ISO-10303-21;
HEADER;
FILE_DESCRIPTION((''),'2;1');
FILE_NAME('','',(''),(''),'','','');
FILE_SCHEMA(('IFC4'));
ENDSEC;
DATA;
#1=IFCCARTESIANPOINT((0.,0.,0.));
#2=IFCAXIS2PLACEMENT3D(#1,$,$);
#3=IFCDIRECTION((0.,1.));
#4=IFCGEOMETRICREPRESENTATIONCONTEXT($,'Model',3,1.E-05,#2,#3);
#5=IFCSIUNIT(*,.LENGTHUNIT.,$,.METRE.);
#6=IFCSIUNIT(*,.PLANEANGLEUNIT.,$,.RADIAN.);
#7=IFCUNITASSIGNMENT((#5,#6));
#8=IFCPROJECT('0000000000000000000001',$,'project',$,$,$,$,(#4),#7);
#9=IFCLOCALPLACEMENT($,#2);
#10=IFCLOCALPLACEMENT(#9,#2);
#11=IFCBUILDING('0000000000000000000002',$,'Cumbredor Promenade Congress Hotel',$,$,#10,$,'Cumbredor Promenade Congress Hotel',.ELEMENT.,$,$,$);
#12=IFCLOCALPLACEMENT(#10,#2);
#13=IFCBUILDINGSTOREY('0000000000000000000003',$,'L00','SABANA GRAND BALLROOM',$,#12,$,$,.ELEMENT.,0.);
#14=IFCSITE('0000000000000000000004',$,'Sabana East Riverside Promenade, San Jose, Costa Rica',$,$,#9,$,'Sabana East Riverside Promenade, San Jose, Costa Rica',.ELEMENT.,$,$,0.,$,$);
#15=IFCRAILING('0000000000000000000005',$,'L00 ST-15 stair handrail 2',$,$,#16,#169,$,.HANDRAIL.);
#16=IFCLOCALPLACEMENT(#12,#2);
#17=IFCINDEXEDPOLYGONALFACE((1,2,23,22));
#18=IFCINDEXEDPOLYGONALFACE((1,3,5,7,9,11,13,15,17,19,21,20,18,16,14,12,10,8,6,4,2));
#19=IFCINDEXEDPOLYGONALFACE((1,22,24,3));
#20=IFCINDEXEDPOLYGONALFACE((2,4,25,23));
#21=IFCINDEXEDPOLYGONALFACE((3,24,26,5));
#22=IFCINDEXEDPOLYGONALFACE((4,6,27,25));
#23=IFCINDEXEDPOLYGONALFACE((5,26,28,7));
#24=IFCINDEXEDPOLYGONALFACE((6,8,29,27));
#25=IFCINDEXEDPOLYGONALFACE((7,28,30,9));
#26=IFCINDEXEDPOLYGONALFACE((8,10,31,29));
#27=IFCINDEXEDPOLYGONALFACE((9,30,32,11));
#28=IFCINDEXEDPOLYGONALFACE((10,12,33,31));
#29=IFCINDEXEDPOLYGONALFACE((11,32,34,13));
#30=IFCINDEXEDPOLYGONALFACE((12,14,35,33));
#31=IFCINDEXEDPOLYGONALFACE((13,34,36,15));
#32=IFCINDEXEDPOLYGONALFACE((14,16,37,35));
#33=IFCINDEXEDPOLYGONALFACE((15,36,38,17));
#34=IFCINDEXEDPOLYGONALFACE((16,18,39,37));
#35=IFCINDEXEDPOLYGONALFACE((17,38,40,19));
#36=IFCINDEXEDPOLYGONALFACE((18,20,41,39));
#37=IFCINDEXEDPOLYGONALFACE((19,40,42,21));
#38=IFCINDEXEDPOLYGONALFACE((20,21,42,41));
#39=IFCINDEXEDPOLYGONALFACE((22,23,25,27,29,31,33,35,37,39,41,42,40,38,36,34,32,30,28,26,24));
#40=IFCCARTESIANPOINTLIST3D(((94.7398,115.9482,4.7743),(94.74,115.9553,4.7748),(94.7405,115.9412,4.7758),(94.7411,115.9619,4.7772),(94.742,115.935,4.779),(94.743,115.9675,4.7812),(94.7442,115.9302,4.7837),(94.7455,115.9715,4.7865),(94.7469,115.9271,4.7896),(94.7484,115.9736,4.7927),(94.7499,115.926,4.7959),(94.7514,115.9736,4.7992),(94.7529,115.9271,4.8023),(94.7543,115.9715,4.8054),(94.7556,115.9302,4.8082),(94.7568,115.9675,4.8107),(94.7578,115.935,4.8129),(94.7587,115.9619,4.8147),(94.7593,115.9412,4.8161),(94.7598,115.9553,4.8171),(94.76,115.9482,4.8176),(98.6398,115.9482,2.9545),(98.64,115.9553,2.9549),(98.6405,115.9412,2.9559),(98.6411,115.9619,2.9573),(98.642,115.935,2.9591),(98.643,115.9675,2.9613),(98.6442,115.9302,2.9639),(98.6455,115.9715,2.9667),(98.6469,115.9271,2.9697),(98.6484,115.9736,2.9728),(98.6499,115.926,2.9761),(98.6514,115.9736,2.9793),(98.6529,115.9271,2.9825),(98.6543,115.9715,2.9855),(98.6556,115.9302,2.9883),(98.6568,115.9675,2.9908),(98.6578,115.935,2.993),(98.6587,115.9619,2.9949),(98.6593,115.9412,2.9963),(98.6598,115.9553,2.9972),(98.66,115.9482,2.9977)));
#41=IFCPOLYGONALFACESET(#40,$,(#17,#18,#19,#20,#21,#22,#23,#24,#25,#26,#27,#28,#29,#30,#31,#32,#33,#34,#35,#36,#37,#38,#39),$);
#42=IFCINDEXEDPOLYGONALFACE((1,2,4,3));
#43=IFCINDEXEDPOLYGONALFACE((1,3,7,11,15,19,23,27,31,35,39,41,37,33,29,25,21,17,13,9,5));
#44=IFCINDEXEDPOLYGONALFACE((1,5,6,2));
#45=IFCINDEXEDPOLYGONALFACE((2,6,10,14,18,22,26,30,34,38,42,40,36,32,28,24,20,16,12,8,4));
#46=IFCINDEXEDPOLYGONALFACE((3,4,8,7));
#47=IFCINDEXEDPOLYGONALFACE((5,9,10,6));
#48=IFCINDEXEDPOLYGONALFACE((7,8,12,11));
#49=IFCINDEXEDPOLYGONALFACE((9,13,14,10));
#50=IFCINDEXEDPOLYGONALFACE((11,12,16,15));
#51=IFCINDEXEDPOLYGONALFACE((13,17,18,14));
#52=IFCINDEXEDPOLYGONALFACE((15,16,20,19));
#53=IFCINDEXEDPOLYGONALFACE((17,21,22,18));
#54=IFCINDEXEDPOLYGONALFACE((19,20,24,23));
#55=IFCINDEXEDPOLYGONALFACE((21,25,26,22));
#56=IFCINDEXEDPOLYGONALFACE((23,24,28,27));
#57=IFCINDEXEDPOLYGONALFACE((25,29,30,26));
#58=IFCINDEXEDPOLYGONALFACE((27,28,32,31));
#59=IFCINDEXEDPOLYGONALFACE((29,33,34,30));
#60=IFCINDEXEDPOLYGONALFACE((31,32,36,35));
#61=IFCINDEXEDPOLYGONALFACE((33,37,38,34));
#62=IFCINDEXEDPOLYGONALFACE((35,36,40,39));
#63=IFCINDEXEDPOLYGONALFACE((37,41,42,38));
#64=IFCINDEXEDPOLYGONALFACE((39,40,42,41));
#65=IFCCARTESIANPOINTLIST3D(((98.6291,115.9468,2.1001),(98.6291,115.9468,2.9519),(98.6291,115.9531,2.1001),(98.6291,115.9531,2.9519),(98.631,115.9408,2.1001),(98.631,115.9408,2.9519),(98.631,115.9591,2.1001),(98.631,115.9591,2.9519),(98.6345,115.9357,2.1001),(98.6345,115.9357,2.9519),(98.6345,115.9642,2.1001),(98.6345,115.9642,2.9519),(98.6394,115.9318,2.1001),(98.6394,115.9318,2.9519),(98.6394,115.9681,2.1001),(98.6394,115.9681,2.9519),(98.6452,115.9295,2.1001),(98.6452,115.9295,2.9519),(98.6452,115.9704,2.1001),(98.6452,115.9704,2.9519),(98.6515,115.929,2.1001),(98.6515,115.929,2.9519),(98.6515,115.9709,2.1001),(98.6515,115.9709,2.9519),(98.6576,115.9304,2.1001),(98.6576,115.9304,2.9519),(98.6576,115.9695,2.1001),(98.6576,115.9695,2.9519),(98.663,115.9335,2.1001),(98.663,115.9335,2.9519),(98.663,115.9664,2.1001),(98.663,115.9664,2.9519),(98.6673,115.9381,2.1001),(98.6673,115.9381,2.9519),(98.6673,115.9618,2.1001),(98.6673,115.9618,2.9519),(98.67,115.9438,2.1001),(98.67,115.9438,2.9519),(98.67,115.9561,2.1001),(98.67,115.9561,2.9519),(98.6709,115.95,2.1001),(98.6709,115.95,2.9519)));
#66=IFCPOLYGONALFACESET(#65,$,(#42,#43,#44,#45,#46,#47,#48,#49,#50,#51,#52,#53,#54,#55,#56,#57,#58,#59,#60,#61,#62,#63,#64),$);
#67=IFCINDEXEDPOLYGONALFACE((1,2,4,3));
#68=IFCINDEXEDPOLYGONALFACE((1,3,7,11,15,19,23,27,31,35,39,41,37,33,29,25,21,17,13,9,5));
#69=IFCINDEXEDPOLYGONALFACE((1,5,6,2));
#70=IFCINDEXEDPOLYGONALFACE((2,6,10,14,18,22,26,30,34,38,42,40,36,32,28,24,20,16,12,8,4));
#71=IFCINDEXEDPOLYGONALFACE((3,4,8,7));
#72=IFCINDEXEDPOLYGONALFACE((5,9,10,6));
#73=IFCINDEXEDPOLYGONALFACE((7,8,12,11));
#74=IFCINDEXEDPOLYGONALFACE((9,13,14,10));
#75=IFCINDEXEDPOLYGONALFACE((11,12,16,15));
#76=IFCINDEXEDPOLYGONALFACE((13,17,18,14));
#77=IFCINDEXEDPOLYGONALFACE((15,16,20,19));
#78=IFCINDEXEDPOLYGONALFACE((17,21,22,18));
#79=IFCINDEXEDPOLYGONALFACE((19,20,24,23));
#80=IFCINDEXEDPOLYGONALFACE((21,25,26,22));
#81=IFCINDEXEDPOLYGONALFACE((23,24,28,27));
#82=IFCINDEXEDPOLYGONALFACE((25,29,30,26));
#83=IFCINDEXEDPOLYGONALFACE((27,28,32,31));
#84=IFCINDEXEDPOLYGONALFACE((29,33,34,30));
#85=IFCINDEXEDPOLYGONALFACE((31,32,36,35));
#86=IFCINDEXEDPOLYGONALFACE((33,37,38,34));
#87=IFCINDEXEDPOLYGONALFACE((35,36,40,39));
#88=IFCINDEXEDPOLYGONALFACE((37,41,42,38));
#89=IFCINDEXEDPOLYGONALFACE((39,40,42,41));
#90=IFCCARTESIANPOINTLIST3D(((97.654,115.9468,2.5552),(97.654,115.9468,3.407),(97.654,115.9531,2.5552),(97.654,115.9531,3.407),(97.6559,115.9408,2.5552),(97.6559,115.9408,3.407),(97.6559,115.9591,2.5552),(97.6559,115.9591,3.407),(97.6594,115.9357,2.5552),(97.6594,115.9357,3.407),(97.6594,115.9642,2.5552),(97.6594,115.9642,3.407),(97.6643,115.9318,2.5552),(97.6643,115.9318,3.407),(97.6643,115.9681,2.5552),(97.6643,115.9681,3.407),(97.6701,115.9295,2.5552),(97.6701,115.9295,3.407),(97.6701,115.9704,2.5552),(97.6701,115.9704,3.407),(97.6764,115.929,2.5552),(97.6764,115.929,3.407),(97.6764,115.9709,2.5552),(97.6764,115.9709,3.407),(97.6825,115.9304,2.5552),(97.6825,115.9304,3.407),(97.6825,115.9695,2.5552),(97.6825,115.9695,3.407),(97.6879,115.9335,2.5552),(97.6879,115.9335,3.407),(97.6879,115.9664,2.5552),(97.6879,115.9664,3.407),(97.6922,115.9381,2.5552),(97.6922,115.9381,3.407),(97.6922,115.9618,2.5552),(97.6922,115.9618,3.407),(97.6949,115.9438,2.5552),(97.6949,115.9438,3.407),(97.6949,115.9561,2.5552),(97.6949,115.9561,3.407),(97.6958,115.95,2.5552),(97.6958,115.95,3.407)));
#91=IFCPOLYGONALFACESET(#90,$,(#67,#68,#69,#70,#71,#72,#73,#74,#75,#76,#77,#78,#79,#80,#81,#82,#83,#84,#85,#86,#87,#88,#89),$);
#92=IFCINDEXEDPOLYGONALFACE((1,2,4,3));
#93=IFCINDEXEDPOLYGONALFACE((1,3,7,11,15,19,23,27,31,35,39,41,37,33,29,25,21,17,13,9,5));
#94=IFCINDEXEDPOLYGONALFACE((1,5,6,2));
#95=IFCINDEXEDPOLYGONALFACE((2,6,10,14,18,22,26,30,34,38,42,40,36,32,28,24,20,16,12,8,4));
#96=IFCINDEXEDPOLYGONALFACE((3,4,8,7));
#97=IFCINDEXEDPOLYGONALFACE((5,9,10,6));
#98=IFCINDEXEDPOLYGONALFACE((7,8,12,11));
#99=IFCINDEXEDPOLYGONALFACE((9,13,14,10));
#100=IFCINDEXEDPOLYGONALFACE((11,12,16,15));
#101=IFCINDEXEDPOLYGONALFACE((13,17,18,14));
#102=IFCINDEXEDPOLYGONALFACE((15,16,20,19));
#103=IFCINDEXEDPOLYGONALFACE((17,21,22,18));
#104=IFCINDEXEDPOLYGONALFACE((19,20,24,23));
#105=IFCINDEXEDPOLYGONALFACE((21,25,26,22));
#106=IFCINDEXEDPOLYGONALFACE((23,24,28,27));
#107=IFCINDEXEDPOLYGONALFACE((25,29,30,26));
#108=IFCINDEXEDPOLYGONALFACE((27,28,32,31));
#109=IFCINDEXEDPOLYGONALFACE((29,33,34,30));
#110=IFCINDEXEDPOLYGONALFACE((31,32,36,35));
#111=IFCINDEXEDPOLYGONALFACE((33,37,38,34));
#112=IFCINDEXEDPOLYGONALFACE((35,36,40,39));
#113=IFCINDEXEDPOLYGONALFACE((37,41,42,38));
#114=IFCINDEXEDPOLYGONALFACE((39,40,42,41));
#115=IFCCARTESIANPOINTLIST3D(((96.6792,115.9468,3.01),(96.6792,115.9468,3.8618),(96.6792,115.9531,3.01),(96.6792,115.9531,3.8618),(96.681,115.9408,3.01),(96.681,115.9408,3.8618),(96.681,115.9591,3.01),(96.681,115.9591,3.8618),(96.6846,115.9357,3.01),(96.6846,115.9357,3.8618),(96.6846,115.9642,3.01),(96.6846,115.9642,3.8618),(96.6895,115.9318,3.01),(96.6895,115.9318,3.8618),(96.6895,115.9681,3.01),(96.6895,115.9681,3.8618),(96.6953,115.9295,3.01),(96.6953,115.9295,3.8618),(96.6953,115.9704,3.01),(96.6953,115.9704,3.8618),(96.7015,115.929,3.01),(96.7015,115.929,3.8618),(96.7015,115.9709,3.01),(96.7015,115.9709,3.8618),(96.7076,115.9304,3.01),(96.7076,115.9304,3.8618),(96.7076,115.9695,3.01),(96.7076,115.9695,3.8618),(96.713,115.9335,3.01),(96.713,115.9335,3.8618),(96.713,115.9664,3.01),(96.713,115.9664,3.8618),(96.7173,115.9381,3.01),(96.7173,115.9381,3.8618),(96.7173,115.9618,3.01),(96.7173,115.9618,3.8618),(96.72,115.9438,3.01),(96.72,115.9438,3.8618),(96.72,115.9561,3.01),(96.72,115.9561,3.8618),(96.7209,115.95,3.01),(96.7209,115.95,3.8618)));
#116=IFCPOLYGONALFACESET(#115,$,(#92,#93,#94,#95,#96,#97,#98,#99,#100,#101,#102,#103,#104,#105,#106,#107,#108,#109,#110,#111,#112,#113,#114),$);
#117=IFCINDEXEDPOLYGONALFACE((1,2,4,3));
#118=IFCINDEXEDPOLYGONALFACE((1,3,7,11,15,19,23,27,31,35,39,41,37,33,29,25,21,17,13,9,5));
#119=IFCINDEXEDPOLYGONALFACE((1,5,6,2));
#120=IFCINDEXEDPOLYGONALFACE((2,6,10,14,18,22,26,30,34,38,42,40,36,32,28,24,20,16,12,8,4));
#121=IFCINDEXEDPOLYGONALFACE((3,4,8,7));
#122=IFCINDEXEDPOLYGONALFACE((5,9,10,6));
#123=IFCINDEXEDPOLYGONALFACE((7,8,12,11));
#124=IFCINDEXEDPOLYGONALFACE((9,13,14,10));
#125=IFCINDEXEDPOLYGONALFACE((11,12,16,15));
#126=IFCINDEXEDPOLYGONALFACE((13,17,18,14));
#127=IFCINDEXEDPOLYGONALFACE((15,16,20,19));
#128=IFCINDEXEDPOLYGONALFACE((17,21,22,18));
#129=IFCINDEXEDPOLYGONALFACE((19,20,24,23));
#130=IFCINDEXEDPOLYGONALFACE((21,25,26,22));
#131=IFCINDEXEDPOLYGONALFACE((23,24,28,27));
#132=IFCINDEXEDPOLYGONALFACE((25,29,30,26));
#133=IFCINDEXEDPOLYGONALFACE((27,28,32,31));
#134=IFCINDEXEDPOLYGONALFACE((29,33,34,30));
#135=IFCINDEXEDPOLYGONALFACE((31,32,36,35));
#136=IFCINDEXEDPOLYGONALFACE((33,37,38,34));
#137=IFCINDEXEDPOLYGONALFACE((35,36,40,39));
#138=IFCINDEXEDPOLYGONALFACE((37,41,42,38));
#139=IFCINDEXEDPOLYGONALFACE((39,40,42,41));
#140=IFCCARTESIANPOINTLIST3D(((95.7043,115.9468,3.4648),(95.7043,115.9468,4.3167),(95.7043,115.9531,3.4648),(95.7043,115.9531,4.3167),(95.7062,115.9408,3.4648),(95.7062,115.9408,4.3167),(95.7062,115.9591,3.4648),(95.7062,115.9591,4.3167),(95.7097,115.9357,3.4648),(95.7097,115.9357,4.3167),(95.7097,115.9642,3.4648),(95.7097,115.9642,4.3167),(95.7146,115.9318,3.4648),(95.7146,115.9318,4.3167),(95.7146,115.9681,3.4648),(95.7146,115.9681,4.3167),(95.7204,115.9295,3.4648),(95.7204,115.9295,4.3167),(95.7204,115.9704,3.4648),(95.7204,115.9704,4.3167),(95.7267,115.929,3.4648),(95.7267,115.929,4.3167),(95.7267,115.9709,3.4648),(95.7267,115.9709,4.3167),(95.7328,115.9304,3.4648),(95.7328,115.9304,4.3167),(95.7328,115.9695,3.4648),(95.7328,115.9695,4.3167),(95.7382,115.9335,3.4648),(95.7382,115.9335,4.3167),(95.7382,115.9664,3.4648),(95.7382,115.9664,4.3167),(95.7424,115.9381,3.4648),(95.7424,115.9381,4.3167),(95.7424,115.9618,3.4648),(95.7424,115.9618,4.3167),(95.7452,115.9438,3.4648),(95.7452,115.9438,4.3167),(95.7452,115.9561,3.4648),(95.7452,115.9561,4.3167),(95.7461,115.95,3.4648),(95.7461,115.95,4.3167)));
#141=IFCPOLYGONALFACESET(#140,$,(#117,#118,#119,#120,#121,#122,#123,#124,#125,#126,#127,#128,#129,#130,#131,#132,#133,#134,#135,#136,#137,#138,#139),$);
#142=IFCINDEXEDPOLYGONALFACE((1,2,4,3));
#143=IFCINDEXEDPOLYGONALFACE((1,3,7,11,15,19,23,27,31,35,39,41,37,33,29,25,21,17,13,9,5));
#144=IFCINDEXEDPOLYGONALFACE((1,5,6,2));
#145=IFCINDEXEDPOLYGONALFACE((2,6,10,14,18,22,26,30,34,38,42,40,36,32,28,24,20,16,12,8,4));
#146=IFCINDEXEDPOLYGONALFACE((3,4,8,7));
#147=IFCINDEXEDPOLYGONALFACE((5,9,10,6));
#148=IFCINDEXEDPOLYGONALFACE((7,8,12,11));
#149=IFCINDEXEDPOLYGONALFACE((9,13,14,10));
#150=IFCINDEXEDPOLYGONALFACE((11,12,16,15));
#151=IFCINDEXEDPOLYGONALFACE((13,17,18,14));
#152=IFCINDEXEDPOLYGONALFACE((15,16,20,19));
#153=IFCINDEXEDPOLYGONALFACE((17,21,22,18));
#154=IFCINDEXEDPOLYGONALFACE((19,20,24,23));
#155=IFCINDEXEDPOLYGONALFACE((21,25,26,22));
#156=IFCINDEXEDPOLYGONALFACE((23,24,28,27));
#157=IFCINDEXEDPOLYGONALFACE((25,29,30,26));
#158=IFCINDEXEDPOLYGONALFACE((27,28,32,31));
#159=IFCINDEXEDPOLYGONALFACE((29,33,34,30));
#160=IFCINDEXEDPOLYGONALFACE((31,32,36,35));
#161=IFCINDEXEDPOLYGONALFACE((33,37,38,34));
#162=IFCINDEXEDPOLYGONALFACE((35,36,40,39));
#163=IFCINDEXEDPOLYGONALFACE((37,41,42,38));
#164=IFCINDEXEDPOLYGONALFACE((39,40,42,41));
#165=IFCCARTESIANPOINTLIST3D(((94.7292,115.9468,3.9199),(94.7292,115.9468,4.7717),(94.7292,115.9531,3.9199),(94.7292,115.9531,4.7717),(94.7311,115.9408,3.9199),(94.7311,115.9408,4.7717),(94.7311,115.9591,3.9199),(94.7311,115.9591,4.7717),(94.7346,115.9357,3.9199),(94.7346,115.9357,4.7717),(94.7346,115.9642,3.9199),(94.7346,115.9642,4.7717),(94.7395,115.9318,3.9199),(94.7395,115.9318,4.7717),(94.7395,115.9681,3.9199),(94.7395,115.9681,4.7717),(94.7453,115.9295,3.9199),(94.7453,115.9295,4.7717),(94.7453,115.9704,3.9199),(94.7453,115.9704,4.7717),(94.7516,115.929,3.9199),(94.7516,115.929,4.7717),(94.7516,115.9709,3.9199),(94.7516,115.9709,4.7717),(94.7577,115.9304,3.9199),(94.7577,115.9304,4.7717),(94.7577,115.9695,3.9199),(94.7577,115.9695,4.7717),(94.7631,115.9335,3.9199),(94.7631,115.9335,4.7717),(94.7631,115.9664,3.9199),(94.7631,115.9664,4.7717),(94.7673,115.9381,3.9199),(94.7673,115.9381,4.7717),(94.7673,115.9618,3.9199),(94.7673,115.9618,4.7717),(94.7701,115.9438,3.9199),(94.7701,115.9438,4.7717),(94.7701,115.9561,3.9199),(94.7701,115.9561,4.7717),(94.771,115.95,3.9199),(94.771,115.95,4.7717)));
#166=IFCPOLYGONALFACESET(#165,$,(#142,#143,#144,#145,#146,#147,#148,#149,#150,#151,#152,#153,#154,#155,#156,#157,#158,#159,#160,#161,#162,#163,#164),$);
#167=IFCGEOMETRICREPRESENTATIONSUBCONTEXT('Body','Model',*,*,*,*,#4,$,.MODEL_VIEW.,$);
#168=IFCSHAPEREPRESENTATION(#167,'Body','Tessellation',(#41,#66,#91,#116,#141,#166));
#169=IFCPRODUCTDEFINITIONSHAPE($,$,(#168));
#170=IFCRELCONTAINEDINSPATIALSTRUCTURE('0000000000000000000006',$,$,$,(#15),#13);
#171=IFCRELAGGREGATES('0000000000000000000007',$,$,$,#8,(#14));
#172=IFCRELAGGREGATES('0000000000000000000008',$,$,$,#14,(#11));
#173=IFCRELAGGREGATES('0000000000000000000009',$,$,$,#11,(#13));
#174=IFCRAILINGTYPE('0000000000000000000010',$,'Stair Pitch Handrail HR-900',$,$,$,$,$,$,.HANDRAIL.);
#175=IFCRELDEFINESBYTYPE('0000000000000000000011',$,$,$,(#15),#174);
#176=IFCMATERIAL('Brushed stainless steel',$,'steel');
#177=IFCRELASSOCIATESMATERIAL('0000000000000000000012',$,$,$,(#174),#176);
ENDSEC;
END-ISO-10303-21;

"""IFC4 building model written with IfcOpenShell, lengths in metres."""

from ifc_helpers import new_model, si_unit, direction, frame, origin, origin_2d, place, context, subcontext, project, spatial, circle, extrude, material, type_object, element, save


model = new_model("IFC4")

# Units and contexts
model_context = context("Model", 3, precision=1e-05, world=origin(), true_north=direction((0.0, 1.0)))
body_context = subcontext(model_context, "Body", "Model", "MODEL_VIEW")
ifc_project = project(units=[si_unit("LENGTHUNIT", "METRE"), si_unit("PLANEANGLEUNIT", "RADIAN")], contexts=[model_context])

# Site, building, storey
site_placement = place(None, origin())
site = spatial("IfcSite", under=ifc_project, at=site_placement, Name="Sabana East Riverside Promenade, San Jose, Costa Rica", LongName="Sabana East Riverside Promenade, San Jose, Costa Rica", CompositionType="ELEMENT", RefElevation=0.0)
building_placement = place(site_placement, origin())
building = spatial("IfcBuilding", under=site, at=building_placement, Name="Cumbredor Promenade Congress Hotel", LongName="Cumbredor Promenade Congress Hotel", CompositionType="ELEMENT")
storey_placement = place(building_placement, origin())
storey = spatial("IfcBuildingStorey", under=building, at=storey_placement, Name="L00", Description="SABANA GRAND BALLROOM", CompositionType="ELEMENT", Elevation=0.0)

# Railing
ifc_material_1 = material(Name="Brushed stainless steel", Category="steel")
railing_type_1 = type_object("IfcRailingType", Name="Stair Pitch Handrail HR-900", PredefinedType="HANDRAIL", material=ifc_material_1)
railing_1_placement = place(storey_placement, frame((98.6499, 115.95, 2.1001)))
element("IfcRailing", 1, at=railing_1_placement, inside=storey, type_object=railing_type_1, Name="L00 ST-15 stair handrail 2", PredefinedType="HANDRAIL", context=body_context, shape_type="SweptSolid", body=[
    extrude(circle(Radius=0.0239, at=origin_2d()), frame((0.0, 0.0, 0.876), z_axis=(-0.906195, 0.0, 0.422861), x_axis=(0.0, -1.0, 0.0)), (0.0, 0.0, 1.0), 4.3037),
    extrude(circle(Radius=0.021, at=origin_2d()), origin(), (0.0, 0.0, 1.0), 0.8518),
    extrude(circle(Radius=0.021, at=origin_2d()), frame((-0.9751, 0.0, 0.4551)), (0.0, 0.0, 1.0), 0.8518),
    extrude(circle(Radius=0.021, at=origin_2d()), frame((-1.95, 0.0, 0.9099)), (0.0, 0.0, 1.0), 0.8518),
    extrude(circle(Radius=0.021, at=origin_2d()), frame((-2.9248, 0.0, 1.3647)), (0.0, 0.0, 1.0), 0.8518),
    extrude(circle(Radius=0.021, at=origin_2d()), frame((-3.8999, 0.0, 1.8198)), (0.0, 0.0, 1.0), 0.8518),
])

save(model, "model.ifc")
